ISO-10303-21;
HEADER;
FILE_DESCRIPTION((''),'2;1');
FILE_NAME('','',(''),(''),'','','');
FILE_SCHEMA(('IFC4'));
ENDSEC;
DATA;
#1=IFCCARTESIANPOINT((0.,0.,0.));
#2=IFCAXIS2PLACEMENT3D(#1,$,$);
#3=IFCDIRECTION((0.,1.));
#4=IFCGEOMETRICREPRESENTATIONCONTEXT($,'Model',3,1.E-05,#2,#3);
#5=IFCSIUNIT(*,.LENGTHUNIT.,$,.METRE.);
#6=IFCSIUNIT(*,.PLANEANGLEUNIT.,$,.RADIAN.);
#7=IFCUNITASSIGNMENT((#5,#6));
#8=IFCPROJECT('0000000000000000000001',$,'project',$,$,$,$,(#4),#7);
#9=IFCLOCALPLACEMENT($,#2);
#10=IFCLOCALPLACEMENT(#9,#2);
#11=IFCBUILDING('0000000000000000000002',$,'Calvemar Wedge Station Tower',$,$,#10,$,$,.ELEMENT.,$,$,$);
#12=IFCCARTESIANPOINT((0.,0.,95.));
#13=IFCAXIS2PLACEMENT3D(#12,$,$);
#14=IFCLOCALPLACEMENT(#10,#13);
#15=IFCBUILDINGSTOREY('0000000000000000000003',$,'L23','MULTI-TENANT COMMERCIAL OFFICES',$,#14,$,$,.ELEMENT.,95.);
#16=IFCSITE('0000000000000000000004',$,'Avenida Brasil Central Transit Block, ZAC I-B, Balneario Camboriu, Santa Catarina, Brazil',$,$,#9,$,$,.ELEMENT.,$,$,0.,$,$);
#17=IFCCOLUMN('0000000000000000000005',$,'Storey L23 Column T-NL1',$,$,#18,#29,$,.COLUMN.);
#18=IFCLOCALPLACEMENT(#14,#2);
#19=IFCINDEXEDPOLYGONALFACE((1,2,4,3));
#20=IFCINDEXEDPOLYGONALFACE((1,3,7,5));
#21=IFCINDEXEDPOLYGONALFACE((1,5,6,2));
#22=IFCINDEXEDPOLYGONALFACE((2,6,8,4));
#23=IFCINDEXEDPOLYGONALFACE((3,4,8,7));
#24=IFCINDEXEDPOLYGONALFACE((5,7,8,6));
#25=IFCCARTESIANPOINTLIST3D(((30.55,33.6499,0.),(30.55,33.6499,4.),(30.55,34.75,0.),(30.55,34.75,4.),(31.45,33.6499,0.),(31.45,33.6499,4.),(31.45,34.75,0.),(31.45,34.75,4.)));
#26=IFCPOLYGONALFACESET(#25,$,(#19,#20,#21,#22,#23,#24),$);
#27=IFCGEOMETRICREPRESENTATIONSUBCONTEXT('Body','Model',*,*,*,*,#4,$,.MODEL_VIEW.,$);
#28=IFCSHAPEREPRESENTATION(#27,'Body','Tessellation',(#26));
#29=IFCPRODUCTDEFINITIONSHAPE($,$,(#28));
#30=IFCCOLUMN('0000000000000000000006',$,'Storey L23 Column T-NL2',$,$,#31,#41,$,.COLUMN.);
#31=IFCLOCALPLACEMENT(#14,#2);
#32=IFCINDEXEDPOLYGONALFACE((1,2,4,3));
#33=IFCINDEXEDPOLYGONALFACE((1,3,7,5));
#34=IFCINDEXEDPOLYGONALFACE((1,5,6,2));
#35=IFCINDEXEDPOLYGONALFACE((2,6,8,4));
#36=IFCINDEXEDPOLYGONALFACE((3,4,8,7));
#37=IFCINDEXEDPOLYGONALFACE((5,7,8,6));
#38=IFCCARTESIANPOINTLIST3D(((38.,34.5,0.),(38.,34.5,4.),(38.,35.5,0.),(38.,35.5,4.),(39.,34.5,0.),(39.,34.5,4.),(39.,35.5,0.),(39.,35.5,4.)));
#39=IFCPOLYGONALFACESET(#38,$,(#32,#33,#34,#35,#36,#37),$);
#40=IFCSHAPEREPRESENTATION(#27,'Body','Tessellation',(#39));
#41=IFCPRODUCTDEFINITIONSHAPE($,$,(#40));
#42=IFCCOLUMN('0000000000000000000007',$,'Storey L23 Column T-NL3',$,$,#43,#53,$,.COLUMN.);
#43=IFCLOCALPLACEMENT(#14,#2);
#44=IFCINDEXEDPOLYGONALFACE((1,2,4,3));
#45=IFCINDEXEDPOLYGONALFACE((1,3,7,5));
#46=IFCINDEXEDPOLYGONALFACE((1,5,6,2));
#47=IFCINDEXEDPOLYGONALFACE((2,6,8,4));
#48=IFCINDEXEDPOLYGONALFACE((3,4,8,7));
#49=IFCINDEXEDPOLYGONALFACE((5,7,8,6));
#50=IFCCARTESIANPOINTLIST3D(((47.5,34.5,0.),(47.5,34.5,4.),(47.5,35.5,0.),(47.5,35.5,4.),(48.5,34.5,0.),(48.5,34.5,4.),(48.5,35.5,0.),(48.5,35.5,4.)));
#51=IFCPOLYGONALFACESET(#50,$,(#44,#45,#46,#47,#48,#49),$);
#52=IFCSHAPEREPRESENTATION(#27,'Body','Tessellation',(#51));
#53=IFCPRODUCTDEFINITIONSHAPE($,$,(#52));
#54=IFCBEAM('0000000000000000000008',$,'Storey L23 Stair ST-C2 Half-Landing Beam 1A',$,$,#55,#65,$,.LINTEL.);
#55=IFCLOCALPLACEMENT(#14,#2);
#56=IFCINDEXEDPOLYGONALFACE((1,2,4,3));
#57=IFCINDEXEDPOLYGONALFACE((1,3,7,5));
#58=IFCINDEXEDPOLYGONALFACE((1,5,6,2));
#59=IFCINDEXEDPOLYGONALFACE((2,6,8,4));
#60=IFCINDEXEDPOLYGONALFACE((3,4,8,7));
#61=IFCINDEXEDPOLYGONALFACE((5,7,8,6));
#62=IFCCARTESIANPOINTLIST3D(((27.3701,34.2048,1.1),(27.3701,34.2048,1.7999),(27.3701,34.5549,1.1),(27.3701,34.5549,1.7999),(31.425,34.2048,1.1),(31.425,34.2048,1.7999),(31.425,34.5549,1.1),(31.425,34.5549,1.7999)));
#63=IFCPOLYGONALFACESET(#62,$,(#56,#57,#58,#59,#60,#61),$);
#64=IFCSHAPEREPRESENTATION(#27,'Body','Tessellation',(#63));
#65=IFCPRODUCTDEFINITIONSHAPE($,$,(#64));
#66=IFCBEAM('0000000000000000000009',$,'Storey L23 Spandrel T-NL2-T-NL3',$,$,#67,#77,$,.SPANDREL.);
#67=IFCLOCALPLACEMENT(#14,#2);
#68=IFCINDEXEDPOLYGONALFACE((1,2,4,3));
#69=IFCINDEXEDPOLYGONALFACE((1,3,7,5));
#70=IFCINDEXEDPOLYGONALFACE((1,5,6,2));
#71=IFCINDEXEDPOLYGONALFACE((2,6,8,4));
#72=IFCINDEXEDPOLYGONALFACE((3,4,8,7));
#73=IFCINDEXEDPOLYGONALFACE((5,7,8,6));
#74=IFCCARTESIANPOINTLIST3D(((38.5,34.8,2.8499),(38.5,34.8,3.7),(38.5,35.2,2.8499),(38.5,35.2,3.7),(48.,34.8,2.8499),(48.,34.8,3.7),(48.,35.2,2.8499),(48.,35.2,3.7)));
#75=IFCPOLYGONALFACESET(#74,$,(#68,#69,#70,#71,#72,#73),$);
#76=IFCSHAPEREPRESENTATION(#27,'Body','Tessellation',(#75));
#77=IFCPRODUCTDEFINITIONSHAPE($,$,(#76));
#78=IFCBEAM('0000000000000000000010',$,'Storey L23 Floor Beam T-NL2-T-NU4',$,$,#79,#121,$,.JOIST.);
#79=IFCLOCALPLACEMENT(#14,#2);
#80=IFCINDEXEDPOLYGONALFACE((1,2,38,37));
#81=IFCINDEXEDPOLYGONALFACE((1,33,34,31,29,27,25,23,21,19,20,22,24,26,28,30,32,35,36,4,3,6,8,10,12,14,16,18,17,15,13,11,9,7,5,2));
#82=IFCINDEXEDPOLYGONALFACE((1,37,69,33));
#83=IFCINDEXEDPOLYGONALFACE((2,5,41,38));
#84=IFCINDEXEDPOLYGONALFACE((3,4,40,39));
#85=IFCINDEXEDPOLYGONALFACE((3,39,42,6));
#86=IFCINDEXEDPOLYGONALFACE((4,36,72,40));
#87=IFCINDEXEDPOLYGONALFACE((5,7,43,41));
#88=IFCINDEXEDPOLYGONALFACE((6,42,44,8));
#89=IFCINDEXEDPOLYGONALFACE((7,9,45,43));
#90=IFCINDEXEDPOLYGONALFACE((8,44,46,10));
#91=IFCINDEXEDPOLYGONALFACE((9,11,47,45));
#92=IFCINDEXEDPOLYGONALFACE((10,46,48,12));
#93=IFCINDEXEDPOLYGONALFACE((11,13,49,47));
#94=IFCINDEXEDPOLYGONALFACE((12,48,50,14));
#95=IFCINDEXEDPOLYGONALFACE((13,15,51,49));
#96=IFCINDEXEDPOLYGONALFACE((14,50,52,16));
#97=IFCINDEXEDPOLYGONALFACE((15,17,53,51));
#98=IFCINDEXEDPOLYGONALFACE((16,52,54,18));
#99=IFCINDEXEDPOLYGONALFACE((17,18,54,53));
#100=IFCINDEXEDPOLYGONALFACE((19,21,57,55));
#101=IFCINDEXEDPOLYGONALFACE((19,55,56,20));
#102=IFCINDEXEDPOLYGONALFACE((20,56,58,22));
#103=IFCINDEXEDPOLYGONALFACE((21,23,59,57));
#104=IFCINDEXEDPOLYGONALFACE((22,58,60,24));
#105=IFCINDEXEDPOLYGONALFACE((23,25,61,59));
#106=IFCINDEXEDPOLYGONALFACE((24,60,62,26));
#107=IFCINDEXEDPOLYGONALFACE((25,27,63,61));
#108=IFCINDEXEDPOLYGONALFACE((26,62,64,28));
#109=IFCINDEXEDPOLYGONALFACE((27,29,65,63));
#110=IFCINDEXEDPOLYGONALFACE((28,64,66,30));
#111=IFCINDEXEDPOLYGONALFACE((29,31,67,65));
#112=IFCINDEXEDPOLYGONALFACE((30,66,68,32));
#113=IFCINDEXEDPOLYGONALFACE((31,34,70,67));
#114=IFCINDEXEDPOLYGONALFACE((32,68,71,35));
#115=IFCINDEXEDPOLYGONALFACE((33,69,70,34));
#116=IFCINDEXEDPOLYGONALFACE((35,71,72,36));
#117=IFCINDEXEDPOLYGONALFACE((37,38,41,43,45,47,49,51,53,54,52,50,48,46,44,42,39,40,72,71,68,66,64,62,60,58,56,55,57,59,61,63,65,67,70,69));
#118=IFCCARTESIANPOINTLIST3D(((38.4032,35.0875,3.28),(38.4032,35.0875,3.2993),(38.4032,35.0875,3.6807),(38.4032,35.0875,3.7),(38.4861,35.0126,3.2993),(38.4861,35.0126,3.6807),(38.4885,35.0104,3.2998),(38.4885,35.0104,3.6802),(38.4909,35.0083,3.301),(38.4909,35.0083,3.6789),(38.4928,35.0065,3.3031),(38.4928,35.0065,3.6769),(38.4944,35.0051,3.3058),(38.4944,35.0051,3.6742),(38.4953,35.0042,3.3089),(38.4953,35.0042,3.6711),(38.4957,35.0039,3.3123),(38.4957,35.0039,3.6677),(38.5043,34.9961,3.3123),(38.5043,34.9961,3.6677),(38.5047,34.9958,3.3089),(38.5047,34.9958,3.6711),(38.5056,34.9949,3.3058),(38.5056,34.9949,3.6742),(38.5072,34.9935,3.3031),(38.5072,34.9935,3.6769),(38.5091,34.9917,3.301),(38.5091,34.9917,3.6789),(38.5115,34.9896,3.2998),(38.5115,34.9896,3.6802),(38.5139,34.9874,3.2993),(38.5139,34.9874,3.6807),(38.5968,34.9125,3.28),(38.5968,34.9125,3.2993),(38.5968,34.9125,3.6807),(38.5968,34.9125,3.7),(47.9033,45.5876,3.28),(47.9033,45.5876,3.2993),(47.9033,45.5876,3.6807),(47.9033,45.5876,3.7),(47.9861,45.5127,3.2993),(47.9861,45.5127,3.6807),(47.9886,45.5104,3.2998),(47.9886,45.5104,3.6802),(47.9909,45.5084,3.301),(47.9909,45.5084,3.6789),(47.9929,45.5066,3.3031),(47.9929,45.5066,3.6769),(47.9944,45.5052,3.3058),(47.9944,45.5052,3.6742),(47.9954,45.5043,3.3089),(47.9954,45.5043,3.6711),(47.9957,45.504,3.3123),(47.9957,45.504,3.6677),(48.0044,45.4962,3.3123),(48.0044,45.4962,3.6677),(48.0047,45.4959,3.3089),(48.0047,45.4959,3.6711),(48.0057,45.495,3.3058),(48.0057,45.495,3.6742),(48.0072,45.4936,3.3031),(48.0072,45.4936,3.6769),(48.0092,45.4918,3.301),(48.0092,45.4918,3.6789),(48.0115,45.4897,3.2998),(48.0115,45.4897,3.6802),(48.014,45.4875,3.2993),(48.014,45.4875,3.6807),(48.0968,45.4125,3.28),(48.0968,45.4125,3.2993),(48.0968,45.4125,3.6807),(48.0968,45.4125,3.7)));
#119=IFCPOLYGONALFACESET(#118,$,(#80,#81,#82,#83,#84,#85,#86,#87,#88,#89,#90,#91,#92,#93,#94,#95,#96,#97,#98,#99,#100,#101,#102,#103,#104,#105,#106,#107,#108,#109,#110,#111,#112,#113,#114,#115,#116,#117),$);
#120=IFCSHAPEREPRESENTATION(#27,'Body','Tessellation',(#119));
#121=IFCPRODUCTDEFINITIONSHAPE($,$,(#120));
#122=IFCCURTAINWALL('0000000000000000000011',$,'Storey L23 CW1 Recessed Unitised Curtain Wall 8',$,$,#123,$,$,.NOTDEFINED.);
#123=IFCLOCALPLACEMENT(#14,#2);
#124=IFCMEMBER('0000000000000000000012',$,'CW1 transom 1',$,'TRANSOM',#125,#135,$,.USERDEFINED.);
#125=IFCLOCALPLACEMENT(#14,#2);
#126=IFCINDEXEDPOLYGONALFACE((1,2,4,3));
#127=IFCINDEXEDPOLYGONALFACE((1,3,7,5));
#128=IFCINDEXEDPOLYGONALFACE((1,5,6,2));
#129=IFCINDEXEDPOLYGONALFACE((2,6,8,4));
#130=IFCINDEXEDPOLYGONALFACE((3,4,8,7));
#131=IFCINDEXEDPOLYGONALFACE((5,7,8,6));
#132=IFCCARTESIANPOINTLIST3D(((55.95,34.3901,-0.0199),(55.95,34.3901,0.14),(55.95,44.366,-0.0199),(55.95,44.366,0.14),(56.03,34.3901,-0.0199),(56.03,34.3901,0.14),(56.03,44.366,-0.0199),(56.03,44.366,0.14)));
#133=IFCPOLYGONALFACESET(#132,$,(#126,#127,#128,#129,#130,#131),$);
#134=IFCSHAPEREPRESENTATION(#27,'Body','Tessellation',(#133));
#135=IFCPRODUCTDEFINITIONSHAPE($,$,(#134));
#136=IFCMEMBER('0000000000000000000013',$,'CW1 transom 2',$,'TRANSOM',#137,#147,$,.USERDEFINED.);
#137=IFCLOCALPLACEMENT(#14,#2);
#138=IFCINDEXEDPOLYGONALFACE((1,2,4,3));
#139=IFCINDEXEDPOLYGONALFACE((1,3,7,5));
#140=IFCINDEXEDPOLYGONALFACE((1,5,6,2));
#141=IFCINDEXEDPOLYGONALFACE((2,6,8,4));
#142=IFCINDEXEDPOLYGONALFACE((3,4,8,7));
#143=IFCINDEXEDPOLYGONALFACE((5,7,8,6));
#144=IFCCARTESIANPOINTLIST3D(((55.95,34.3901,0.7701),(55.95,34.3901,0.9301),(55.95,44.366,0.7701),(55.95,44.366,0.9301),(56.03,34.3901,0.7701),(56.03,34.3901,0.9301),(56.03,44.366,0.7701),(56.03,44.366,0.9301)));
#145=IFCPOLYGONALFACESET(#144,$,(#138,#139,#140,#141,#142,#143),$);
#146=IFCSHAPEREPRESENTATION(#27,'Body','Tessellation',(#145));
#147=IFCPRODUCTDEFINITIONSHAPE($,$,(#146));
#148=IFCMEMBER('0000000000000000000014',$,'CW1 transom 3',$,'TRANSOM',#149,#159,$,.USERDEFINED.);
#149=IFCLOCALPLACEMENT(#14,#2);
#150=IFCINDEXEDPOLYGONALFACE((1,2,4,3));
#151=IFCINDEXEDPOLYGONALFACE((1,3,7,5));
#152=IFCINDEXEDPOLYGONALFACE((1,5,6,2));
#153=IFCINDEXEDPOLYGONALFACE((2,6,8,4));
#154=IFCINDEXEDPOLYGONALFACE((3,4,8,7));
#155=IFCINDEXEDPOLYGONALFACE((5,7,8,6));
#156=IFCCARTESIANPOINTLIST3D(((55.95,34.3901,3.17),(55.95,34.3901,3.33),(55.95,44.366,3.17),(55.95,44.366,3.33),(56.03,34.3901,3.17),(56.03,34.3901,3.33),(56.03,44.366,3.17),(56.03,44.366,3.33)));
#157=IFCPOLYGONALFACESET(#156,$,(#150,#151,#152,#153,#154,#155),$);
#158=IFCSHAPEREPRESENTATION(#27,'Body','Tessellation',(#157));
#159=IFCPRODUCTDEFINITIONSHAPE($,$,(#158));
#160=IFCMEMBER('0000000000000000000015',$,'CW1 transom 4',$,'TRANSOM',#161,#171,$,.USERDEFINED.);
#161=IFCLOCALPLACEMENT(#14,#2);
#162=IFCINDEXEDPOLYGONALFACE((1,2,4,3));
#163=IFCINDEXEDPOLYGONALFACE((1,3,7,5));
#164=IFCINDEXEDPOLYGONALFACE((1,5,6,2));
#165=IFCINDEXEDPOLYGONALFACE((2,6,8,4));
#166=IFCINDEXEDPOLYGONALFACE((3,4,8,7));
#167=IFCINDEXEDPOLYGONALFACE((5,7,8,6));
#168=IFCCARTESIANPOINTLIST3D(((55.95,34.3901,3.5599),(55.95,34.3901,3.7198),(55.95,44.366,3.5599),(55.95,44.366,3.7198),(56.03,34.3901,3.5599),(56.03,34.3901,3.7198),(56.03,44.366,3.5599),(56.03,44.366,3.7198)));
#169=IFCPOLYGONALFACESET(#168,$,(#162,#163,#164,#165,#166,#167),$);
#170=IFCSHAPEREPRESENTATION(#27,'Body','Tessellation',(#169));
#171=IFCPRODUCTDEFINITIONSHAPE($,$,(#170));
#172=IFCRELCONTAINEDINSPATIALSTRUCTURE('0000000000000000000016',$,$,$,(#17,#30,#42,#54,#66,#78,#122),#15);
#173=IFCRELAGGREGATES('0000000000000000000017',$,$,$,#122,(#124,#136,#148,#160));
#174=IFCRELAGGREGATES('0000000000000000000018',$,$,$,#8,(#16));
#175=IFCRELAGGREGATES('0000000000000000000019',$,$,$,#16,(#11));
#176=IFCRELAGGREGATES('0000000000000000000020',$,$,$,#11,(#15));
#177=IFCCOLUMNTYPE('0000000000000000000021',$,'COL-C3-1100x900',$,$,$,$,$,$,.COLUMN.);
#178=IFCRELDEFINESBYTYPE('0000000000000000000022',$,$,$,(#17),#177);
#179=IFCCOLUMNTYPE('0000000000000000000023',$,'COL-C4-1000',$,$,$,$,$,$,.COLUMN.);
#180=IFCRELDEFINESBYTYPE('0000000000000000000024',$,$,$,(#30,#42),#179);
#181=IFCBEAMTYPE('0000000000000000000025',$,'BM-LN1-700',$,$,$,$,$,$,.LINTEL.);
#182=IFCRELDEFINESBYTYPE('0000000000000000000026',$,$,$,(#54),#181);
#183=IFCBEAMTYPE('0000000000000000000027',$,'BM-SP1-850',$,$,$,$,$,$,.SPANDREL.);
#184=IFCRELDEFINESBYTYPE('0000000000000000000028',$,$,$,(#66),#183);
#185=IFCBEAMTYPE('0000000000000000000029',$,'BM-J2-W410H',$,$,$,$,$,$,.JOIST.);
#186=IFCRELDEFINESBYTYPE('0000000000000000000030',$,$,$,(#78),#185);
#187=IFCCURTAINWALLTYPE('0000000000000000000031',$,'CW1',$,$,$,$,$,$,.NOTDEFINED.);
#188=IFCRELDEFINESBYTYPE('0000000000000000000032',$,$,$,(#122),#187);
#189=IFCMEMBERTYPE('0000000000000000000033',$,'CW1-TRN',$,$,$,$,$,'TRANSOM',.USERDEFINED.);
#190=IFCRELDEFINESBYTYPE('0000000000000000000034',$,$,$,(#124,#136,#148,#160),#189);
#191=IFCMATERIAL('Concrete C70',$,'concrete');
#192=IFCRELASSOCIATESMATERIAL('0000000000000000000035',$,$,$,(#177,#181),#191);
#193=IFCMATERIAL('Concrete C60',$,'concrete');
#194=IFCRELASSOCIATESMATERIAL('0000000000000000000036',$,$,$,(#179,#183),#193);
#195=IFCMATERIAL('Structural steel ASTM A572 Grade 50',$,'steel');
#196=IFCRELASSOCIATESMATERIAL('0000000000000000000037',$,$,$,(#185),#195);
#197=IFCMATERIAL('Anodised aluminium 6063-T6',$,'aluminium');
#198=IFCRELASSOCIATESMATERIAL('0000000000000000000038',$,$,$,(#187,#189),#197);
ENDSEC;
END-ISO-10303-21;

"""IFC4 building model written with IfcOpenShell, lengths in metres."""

from ifc_helpers import new_model, si_unit, direction, frame, origin, origin_2d, place, context, subcontext, project, spatial, rectangle, i_section, extrude, source, transform, mapped, material, material_profile, profile_set, type_object, element, aggregate, save


model = new_model("IFC4")

# Units and contexts
model_context = context("Model", 3, precision=1e-05, world=origin(), true_north=direction((0.0, 1.0)))
body_context = subcontext(model_context, "Body", "Model", "MODEL_VIEW")
ifc_project = project(units=[si_unit("LENGTHUNIT", "METRE"), si_unit("PLANEANGLEUNIT", "RADIAN")], contexts=[model_context])

# Site, building, storey
site_placement = place(None, origin())
site = spatial("IfcSite", under=ifc_project, at=site_placement, Name="Avenida Brasil Central Transit Block, ZAC I-B, Balneario Camboriu, Santa Catarina, Brazil", CompositionType="ELEMENT", RefElevation=0.0)
building_placement = place(site_placement, origin())
building = spatial("IfcBuilding", under=site, at=building_placement, Name="Calvemar Wedge Station Tower", CompositionType="ELEMENT")
storey_placement = place(building_placement, frame((0.0, 0.0, 95.0)))
storey = spatial("IfcBuildingStorey", under=building, at=storey_placement, Name="L23", Description="MULTI-TENANT COMMERCIAL OFFICES", CompositionType="ELEMENT", Elevation=95.0)

# Columns
ifc_material_1 = material(Name="Concrete C70", Category="concrete")
ifc_material_profile_1 = material_profile(ifc_material_1, rectangle(XDim=0.8999, YDim=1.1001, at=origin_2d()), Name="RC1100x900")
ifc_profile_set_1 = profile_set([ifc_material_profile_1], Name="Concrete C70")
column_type_1 = type_object("IfcColumnType", Name="COL-C3-1100x900", PredefinedType="COLUMN", material=ifc_profile_set_1)
shared_shape_1 = source(origin(), body_context, "Body", "SweptSolid", [
    extrude(rectangle(XDim=0.8999, YDim=1.1001, at=origin_2d()), origin(), (0.0, 0.0, 1.0), 4.0),
])
column_placement = place(storey_placement, frame((31.0, 34.2, 0.0), z_axis=(0.0, 0.0, 1.0), x_axis=(1.0, 0.0, 0.0)))
element("IfcColumn", 1, at=column_placement, inside=storey, type_object=column_type_1, Name="Storey L23 Column T-NL1", PredefinedType="COLUMN", context=body_context, shape_type="MappedRepresentation", body=[
    mapped(shared_shape_1, transform((0.0, 0.0, 0.0), scale=1.0)),
])
ifc_material_2 = material(Name="Concrete C60", Category="concrete")
ifc_material_profile_2 = material_profile(ifc_material_2, rectangle(XDim=1.0, YDim=1.0, at=origin_2d()), Name="RC1000x1000")
ifc_profile_set_2 = profile_set([ifc_material_profile_2], Name="Concrete C60")
column_type_2 = type_object("IfcColumnType", Name="COL-C4-1000", PredefinedType="COLUMN", material=ifc_profile_set_2)
shared_shape_2 = source(origin(), body_context, "Body", "SweptSolid", [
    extrude(rectangle(XDim=1.0, YDim=1.0, at=origin_2d()), origin(), (0.0, 0.0, 1.0), 4.0),
])
for number, where, z_axis, x_axis, name in (
    (2, (38.5, 35.0, 0.0), (0.0, 0.0, 1.0), (1.0, 0.0, 0.0), "Storey L23 Column T-NL2"),
    (3, (48.0, 35.0, 0.0), (0.0, 0.0, 1.0), (1.0, 0.0, 0.0), "Storey L23 Column T-NL3"),
):
    element("IfcColumn", number, at=place(storey_placement, frame(where, z_axis=z_axis, x_axis=x_axis)), inside=storey, type_object=column_type_2, Name=name, PredefinedType="COLUMN", context=body_context, shape_type="MappedRepresentation", body=[
        mapped(shared_shape_2, transform((0.0, 0.0, 0.0), scale=1.0)),
    ])

# Beams
ifc_material_profile_3 = material_profile(ifc_material_1, rectangle(XDim=0.3501, YDim=0.7, at=origin_2d()), Name="RC350x700")
ifc_profile_set_3 = profile_set([ifc_material_profile_3], Name="Concrete C70")
beam_type_1 = type_object("IfcBeamType", Name="BM-LN1-700", PredefinedType="LINTEL", material=ifc_profile_set_3)
shared_shape_3 = source(origin(), body_context, "Body", "SweptSolid", [
    extrude(rectangle(XDim=0.3501, YDim=0.7, at=origin_2d()), origin(), (0.0, 0.0, 1.0), 4.0549),
])
beam_1_placement = place(storey_placement, frame((27.3701, 34.3799, 1.45), z_axis=(1.0, 0.0, 0.0), x_axis=(0.0, 1.0, 0.0)))
element("IfcBeam", 4, at=beam_1_placement, inside=storey, type_object=beam_type_1, Name="Storey L23 Stair ST-C2 Half-Landing Beam 1A", PredefinedType="LINTEL", context=body_context, shape_type="MappedRepresentation", body=[
    mapped(shared_shape_3, transform((0.0, 0.0, 0.0), scale=1.0)),
])
ifc_material_profile_4 = material_profile(ifc_material_2, rectangle(XDim=0.3999, YDim=0.8501, at=origin_2d()), Name="RC400x850")
ifc_profile_set_4 = profile_set([ifc_material_profile_4], Name="Concrete C60")
beam_type_2 = type_object("IfcBeamType", Name="BM-SP1-850", PredefinedType="SPANDREL", material=ifc_profile_set_4)
shared_shape_4 = source(origin(), body_context, "Body", "SweptSolid", [
    extrude(rectangle(XDim=0.3999, YDim=0.8501, at=origin_2d()), origin(), (0.0, 0.0, 1.0), 9.5),
])
beam_2_placement = place(storey_placement, frame((38.5, 35.0, 3.2749), z_axis=(1.0, 0.0, 0.0), x_axis=(0.0, 1.0, 0.0)))
element("IfcBeam", 5, at=beam_2_placement, inside=storey, type_object=beam_type_2, Name="Storey L23 Spandrel T-NL2-T-NL3", PredefinedType="SPANDREL", context=body_context, shape_type="MappedRepresentation", body=[
    mapped(shared_shape_4, transform((0.0, 0.0, 0.0), scale=1.0)),
])
ifc_material_3 = material(Name="Structural steel ASTM A572 Grade 50", Category="steel")
ifc_material_profile_5 = material_profile(ifc_material_3, i_section(OverallWidth=0.261, OverallDepth=0.4199, WebThickness=0.0117, FlangeThickness=0.0193, FilletRadius=0.0129, at=origin_2d()), Name="W410x114")
ifc_profile_set_5 = profile_set([ifc_material_profile_5], Name="Structural steel ASTM A572 Grade 50")
beam_type_3 = type_object("IfcBeamType", Name="BM-J2-W410H", PredefinedType="JOIST", material=ifc_profile_set_5)
shared_shape_5 = source(origin(), body_context, "Body", "SweptSolid", [
    extrude(i_section(OverallWidth=0.261, OverallDepth=0.4199, WebThickness=0.0117, FlangeThickness=0.0193, FilletRadius=0.0129, at=origin_2d()), origin(), (0.0, 0.0, 1.0), 14.1599),
])
beam_3_placement = place(storey_placement, frame((38.5, 35.0, 3.49), z_axis=(0.670913, 0.741536, 0.0), x_axis=(-0.741536, 0.670913, 0.0)))
element("IfcBeam", 6, at=beam_3_placement, inside=storey, type_object=beam_type_3, Name="Storey L23 Floor Beam T-NL2-T-NU4", PredefinedType="JOIST", context=body_context, shape_type="MappedRepresentation", body=[
    mapped(shared_shape_5, transform((0.0, 0.0, 0.0), scale=1.0)),
])

# Curtain wall, members
ifc_material_4 = material(Name="Anodised aluminium 6063-T6", Category="aluminium")
curtain_wall_type = type_object("IfcCurtainWallType", Name="CW1", PredefinedType="NOTDEFINED", material=ifc_material_4)
curtain_wall_placement = place(storey_placement, origin())
curtain_wall = element("IfcCurtainWall", 7, at=curtain_wall_placement, inside=storey, type_object=curtain_wall_type, Name="Storey L23 CW1 Recessed Unitised Curtain Wall 8", PredefinedType="NOTDEFINED")
ifc_material_profile_6 = material_profile(ifc_material_4, rectangle(XDim=0.0801, YDim=0.1599, at=origin_2d()), Name="AL-TRN-80x160")
ifc_profile_set_6 = profile_set([ifc_material_profile_6], Name="Anodised aluminium 6063-T6")
member_type_1 = type_object("IfcMemberType", Name="CW1-TRN", ElementType="TRANSOM", PredefinedType="USERDEFINED", material=ifc_profile_set_6)
shared_shape_6 = source(origin(), body_context, "Body", "SweptSolid", [
    extrude(rectangle(XDim=0.0801, YDim=0.1599, at=origin_2d()), origin(), (0.0, 0.0, 1.0), 9.9758),
])
member_1_placement = place(storey_placement, frame((55.99, 34.3901, 0.0601), z_axis=(0.0, 1.0, 0.0), x_axis=(-1.0, 0.0, 0.0)))
member_1 = element("IfcMember", 8, at=member_1_placement, type_object=member_type_1, Name="CW1 transom 1", ObjectType="TRANSOM", PredefinedType="USERDEFINED", context=body_context, shape_type="MappedRepresentation", body=[
    mapped(shared_shape_6, transform((0.0, 0.0, 0.0), scale=1.0)),
])
member_2_placement = place(storey_placement, frame((55.99, 34.3901, 0.8501), z_axis=(0.0, 1.0, 0.0), x_axis=(-1.0, 0.0, 0.0)))
member_2 = element("IfcMember", 9, at=member_2_placement, type_object=member_type_1, Name="CW1 transom 2", ObjectType="TRANSOM", PredefinedType="USERDEFINED", context=body_context, shape_type="MappedRepresentation", body=[
    mapped(shared_shape_6, transform((0.0, 0.0, 0.0), scale=1.0)),
])
member_3_placement = place(storey_placement, frame((55.99, 34.3901, 3.25), z_axis=(0.0, 1.0, 0.0), x_axis=(-1.0, 0.0, 0.0)))
member_3 = element("IfcMember", 10, at=member_3_placement, type_object=member_type_1, Name="CW1 transom 3", ObjectType="TRANSOM", PredefinedType="USERDEFINED", context=body_context, shape_type="MappedRepresentation", body=[
    mapped(shared_shape_6, transform((0.0, 0.0, 0.0), scale=1.0)),
])
member_4_placement = place(storey_placement, frame((55.99, 34.3901, 3.6399), z_axis=(0.0, 1.0, 0.0), x_axis=(-1.0, 0.0, 0.0)))
member_4 = element("IfcMember", 11, at=member_4_placement, type_object=member_type_1, Name="CW1 transom 4", ObjectType="TRANSOM", PredefinedType="USERDEFINED", context=body_context, shape_type="MappedRepresentation", body=[
    mapped(shared_shape_6, transform((0.0, 0.0, 0.0), scale=1.0)),
])
aggregate(curtain_wall, [member_1, member_2, member_3, member_4])

save(model, "model.ifc")
